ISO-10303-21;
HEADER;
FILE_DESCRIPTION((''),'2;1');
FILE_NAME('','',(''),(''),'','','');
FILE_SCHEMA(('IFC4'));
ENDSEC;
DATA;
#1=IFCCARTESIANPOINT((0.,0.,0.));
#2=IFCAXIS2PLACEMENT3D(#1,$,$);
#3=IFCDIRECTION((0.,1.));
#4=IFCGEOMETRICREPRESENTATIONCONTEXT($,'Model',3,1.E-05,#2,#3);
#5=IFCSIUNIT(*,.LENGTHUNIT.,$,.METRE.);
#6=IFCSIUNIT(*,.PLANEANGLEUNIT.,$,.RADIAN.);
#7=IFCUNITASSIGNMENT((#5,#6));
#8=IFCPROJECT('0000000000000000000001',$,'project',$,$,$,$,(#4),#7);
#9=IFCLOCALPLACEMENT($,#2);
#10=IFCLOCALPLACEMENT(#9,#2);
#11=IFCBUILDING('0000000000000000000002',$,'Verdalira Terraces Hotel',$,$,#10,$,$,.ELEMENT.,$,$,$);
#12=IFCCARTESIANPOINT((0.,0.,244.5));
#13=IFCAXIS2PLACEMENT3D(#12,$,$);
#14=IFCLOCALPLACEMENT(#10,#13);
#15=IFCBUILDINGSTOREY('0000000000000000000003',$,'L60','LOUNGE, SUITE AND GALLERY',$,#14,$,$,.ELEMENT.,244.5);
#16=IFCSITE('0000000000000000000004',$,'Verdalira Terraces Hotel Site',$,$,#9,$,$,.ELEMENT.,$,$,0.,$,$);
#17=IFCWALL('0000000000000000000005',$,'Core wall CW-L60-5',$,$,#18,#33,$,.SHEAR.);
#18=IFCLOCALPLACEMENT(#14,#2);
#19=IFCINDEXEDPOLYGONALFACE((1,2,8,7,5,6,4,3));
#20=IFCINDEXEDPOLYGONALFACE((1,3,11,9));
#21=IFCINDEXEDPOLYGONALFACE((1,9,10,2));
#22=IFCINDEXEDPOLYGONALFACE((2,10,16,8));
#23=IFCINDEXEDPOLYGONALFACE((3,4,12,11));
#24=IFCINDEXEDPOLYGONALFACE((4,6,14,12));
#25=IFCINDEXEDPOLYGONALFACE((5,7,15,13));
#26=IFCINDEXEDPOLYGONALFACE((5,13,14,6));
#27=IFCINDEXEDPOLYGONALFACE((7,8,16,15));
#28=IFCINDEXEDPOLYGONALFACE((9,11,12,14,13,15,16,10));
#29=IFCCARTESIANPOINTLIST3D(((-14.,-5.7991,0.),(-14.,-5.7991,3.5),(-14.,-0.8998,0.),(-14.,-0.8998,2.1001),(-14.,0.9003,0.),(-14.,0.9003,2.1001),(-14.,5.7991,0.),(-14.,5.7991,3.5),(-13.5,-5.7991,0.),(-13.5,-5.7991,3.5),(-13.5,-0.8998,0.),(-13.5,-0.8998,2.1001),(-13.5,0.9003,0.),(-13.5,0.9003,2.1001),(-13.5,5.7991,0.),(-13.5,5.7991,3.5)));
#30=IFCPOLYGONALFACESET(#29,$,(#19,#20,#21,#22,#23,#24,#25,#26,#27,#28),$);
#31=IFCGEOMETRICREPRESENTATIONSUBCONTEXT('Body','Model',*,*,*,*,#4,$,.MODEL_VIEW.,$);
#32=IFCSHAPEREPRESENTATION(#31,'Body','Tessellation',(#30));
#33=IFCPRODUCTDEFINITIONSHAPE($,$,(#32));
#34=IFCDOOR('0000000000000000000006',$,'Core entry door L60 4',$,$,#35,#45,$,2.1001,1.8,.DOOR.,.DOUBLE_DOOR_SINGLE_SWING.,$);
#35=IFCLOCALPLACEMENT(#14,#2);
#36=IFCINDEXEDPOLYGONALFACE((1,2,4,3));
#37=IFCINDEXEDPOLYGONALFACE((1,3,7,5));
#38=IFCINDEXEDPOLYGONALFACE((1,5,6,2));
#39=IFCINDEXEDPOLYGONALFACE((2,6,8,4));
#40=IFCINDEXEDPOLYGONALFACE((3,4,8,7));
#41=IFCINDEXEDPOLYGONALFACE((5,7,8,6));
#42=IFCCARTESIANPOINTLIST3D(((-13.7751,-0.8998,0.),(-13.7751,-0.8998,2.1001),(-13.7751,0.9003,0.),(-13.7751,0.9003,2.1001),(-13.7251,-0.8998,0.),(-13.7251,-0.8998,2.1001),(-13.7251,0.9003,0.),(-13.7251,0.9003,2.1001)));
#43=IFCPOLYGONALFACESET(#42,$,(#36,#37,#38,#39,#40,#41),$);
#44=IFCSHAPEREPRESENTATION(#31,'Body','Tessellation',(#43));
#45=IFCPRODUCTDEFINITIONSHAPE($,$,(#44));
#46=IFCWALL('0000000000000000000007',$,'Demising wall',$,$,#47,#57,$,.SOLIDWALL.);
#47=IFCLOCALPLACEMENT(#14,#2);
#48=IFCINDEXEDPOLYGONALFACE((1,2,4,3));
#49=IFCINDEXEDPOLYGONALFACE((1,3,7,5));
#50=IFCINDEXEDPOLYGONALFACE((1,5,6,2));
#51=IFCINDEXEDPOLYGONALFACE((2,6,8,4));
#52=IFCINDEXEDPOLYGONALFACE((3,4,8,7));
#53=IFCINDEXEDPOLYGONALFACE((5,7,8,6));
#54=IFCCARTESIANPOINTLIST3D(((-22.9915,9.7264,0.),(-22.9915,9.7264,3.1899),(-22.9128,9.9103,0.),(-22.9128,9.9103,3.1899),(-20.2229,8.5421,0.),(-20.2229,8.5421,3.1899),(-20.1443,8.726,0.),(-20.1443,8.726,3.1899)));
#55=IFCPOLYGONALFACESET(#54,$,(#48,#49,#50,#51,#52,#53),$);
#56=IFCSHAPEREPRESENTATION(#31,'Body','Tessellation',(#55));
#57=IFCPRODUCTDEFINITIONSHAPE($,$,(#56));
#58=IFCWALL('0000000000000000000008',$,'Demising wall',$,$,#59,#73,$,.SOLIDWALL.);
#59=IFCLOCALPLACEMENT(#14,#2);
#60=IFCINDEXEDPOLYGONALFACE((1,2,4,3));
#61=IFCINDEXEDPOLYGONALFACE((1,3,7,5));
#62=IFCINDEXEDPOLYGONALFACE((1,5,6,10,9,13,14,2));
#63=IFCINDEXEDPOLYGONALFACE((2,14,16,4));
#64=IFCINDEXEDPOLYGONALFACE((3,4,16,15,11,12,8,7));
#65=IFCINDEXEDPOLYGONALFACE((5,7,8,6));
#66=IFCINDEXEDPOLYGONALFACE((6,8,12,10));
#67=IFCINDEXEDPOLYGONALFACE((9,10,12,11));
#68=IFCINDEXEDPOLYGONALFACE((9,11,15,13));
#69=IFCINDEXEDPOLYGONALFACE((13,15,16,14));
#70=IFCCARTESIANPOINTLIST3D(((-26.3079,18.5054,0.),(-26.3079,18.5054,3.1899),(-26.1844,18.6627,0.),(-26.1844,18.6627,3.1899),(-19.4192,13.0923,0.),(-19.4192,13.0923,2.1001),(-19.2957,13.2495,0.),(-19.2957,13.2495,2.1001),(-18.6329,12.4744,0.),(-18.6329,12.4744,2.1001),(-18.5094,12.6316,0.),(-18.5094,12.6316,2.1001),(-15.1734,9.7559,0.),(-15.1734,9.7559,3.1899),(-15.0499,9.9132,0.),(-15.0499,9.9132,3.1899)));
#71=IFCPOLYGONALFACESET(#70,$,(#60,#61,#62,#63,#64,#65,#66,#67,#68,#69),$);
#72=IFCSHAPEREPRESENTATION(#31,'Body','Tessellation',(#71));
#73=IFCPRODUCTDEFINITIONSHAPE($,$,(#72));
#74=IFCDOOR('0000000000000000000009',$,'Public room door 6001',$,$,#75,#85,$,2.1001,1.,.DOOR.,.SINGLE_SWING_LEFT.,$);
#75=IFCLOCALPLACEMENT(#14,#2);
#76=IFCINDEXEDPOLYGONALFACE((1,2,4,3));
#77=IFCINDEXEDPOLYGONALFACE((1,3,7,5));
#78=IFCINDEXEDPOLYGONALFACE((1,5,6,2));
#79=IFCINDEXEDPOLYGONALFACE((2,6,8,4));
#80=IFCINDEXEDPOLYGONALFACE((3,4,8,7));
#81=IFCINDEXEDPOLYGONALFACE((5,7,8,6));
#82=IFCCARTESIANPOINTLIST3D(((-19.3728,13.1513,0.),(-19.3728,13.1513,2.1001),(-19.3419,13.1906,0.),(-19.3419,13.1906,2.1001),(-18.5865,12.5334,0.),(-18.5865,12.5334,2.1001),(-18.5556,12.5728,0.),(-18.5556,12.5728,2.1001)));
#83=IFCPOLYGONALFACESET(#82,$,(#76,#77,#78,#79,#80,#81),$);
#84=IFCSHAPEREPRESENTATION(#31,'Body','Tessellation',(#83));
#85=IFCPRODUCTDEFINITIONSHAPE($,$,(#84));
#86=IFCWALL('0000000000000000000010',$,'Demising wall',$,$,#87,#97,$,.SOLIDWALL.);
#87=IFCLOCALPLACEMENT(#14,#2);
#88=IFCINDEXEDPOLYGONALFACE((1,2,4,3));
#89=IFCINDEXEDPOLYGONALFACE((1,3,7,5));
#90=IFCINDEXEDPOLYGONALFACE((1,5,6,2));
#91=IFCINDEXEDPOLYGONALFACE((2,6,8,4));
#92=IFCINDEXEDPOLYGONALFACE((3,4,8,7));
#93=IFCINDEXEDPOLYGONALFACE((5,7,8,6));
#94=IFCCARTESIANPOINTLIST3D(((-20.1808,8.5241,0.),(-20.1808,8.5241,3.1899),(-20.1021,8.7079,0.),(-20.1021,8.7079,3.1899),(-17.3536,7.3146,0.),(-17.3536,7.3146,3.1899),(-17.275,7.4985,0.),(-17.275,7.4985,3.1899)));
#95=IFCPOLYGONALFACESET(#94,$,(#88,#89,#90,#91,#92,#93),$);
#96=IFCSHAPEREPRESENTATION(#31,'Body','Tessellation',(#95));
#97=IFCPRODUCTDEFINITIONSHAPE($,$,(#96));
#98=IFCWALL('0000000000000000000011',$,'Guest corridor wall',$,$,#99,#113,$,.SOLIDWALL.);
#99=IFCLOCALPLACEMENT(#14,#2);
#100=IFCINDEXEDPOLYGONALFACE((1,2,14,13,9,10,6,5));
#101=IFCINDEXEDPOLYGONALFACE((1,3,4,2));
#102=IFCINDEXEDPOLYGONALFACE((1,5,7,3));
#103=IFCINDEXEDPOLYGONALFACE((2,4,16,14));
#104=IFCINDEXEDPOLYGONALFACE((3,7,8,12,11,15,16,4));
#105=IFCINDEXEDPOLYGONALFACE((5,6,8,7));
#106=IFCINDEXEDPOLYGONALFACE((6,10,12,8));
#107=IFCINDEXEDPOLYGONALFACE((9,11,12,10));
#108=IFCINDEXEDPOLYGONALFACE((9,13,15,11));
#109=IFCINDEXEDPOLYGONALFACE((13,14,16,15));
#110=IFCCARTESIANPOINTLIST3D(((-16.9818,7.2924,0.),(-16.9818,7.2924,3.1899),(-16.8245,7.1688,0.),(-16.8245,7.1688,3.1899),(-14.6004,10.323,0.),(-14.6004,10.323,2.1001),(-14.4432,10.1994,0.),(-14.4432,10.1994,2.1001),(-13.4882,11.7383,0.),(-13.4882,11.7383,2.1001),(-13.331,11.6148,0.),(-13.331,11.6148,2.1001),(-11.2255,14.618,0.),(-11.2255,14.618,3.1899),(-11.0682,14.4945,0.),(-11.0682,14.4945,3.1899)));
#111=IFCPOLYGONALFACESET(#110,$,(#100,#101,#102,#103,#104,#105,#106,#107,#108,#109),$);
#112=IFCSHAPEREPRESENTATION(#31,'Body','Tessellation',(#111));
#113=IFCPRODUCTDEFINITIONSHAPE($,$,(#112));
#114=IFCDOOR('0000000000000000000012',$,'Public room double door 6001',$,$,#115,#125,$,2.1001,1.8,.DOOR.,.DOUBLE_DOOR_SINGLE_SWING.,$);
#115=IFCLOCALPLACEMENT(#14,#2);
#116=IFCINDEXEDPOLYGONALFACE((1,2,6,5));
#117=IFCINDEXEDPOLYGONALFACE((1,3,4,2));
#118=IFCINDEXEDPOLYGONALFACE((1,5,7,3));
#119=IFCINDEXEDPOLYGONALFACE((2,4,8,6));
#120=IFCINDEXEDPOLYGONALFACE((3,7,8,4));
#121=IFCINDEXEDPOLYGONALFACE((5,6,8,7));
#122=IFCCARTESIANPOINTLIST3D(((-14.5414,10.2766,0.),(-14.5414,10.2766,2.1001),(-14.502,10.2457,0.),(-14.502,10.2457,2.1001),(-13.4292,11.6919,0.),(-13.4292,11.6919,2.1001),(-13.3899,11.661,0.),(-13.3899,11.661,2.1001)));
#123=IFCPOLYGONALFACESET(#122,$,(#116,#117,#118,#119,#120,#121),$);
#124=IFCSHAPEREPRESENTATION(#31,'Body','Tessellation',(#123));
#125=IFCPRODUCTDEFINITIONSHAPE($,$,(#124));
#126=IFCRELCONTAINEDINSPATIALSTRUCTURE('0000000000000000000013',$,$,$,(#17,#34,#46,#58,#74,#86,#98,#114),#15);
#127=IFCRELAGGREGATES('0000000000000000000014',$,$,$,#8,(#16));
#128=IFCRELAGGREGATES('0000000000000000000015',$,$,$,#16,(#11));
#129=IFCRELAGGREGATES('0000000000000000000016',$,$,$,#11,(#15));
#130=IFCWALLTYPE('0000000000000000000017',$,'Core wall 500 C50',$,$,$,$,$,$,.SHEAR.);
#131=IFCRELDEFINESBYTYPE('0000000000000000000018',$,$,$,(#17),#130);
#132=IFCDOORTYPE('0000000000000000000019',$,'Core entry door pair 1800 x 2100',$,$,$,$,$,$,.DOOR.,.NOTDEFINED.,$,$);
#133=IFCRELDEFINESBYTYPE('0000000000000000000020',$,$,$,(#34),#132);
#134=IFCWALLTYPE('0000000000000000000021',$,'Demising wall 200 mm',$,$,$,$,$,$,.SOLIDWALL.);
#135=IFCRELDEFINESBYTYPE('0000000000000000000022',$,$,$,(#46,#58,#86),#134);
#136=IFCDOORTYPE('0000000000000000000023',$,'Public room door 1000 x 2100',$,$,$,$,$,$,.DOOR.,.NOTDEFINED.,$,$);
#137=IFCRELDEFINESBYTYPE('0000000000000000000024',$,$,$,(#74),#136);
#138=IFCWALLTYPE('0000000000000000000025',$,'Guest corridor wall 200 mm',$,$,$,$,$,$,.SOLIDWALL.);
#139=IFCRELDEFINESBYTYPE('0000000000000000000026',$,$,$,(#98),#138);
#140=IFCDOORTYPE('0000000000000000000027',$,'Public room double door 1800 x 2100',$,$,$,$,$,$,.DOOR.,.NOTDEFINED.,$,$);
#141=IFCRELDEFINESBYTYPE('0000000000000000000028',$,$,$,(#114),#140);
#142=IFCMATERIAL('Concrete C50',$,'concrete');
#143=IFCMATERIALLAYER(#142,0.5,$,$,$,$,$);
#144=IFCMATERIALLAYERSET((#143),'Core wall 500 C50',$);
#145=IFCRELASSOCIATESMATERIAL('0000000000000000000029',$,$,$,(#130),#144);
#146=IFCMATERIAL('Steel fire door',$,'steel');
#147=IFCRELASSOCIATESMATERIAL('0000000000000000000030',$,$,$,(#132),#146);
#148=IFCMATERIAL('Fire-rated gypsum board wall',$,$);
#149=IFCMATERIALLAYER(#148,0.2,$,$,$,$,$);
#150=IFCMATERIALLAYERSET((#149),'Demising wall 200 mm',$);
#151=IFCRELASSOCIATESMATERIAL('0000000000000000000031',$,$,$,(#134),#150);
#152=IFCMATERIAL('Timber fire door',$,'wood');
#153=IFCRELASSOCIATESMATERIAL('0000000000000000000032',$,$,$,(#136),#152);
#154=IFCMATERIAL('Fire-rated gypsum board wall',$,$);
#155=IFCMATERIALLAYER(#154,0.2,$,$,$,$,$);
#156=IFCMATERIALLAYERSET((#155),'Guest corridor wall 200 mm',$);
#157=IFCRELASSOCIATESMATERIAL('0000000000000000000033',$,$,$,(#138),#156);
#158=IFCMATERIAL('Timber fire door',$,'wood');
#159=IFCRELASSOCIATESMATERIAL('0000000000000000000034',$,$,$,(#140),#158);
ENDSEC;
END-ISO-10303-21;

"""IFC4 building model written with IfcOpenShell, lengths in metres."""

from ifc_helpers import new_model, si_unit, direction, frame, frame_2d, origin, place, context, subcontext, project, spatial, rectangle, extrude, material, layer, layer_set, type_object, element, fill, save


model = new_model("IFC4")

# Units and contexts
model_context = context("Model", 3, precision=1e-05, world=origin(), true_north=direction((0.0, 1.0)))
body_context = subcontext(model_context, "Body", "Model", "MODEL_VIEW")
ifc_project = project(units=[si_unit("LENGTHUNIT", "METRE"), si_unit("PLANEANGLEUNIT", "RADIAN")], contexts=[model_context])

# Site, building, storey
site_placement = place(None, origin())
site = spatial("IfcSite", under=ifc_project, at=site_placement, Name="Verdalira Terraces Hotel Site", CompositionType="ELEMENT", RefElevation=0.0)
building_placement = place(site_placement, origin())
building = spatial("IfcBuilding", under=site, at=building_placement, Name="Verdalira Terraces Hotel", CompositionType="ELEMENT")
storey_placement = place(building_placement, frame((0.0, 0.0, 244.5)))
storey = spatial("IfcBuildingStorey", under=building, at=storey_placement, Name="L60", Description="LOUNGE, SUITE AND GALLERY", CompositionType="ELEMENT", Elevation=244.5)

# Wall, opening, door
ifc_material_1 = material(Name="Concrete C50", Category="concrete")
ifc_layer_1 = layer(ifc_material_1, 0.5)
ifc_layer_set_1 = layer_set([ifc_layer_1], Name="Core wall 500 C50")
wall_type_1 = type_object("IfcWallType", Name="Core wall 500 C50", PredefinedType="SHEAR", material=ifc_layer_set_1)
wall_1_placement = place(storey_placement, frame((-13.75, 5.7991, 0.0), z_axis=(0.0, 0.0, 1.0), x_axis=(0.0, -1.0, 0.0)))
wall_1 = element("IfcWall", 1, at=wall_1_placement, inside=storey, type_object=wall_type_1, Name="Core wall CW-L60-5", PredefinedType="SHEAR", context=body_context, shape_type="SweptSolid", body=[
    extrude(rectangle(XDim=11.5981, YDim=0.5, at=frame_2d((5.7991, 0.0))), origin(), (0.0, 0.0, 1.0), 3.5),
])
opening_1_placement = place(wall_1_placement, frame((4.8989, 0.0, 0.0)))
opening_1 = element("IfcOpeningElement", 2, at=opening_1_placement, cuts=wall_1, PredefinedType="OPENING", context=body_context, shape_type="SweptSolid", body=[
    extrude(rectangle(XDim=1.8, YDim=2.1001, at=frame_2d((0.8999, 1.05))), frame((0.0, 0.26, 0.0), z_axis=(0.0, -1.0, 0.0), x_axis=(1.0, 0.0, 0.0)), (0.0, 0.0, 1.0), 0.52),
])
ifc_material_2 = material(Name="Steel fire door", Category="steel")
door_type_1 = type_object("IfcDoorType", Name="Core entry door pair 1800 x 2100", OperationType="NOTDEFINED", PredefinedType="DOOR", material=ifc_material_2)
door_1_placement = place(opening_1_placement, origin())
door_1 = element("IfcDoor", 3, at=door_1_placement, inside=storey, type_object=door_type_1, Name="Core entry door L60 4", OperationType="DOUBLE_DOOR_SINGLE_SWING", OverallHeight=2.1001, OverallWidth=1.8, PredefinedType="DOOR", context=body_context, shape_type="SweptSolid", body=[
    extrude(rectangle(XDim=1.8, YDim=2.1001, at=frame_2d((0.8999, 1.05))), frame((0.0, 0.0249, 0.0), z_axis=(0.0, -1.0, 0.0), x_axis=(1.0, 0.0, 0.0)), (0.0, 0.0, 1.0), 0.05),
])
fill(opening_1, door_1)

# Wall
ifc_material_3 = material(Name="Fire-rated gypsum board wall")
ifc_layer_2 = layer(ifc_material_3, 0.2)
ifc_layer_set_2 = layer_set([ifc_layer_2], Name="Demising wall 200 mm")
wall_type_2 = type_object("IfcWallType", Name="Demising wall 200 mm", PredefinedType="SOLIDWALL", material=ifc_layer_set_2)
wall_2_placement = place(storey_placement, frame((-20.1836, 8.634, 0.0), z_axis=(0.0, 0.0, 1.0), x_axis=(-0.919409, 0.393303, 0.0)))
element("IfcWall", 4, at=wall_2_placement, inside=storey, type_object=wall_type_2, Name="Demising wall", PredefinedType="SOLIDWALL", context=body_context, shape_type="SweptSolid", body=[
    extrude(rectangle(XDim=3.0112, YDim=0.2, at=frame_2d((1.5056, 0.0))), origin(), (0.0, 0.0, 1.0), 3.1899),
])

# Wall, opening, door
wall_3_placement = place(storey_placement, frame((-15.1116, 9.8345, 0.0), z_axis=(0.0, 0.0, 1.0), x_axis=(-0.786285, 0.617863, 0.0)))
wall_3 = element("IfcWall", 5, at=wall_3_placement, inside=storey, type_object=wall_type_2, Name="Demising wall", PredefinedType="SOLIDWALL", context=body_context, shape_type="SweptSolid", body=[
    extrude(rectangle(XDim=14.1609, YDim=0.2, at=frame_2d((7.0806, 0.0))), origin(), (0.0, 0.0, 1.0), 3.1899),
])
opening_2_placement = place(wall_3_placement, frame((4.3999, 0.0, 0.0)))
opening_2 = element("IfcOpeningElement", 6, at=opening_2_placement, cuts=wall_3, PredefinedType="OPENING", context=body_context, shape_type="SweptSolid", body=[
    extrude(rectangle(XDim=1.0, YDim=2.1001, at=frame_2d((0.5, 1.05))), frame((0.0, 0.1099, 0.0), z_axis=(0.0, -1.0, 0.0), x_axis=(1.0, 0.0, 0.0)), (0.0, 0.0, 1.0), 0.22),
])
ifc_material_4 = material(Name="Timber fire door", Category="wood")
door_type_2 = type_object("IfcDoorType", Name="Public room door 1000 x 2100", OperationType="NOTDEFINED", PredefinedType="DOOR", material=ifc_material_4)
door_2_placement = place(opening_2_placement, origin())
door_2 = element("IfcDoor", 7, at=door_2_placement, inside=storey, type_object=door_type_2, Name="Public room door 6001", OperationType="SINGLE_SWING_LEFT", OverallHeight=2.1001, OverallWidth=1.0, PredefinedType="DOOR", context=body_context, shape_type="SweptSolid", body=[
    extrude(rectangle(XDim=1.0, YDim=2.1001, at=frame_2d((0.5, 1.05))), frame((0.0, 0.0249, 0.0), z_axis=(0.0, -1.0, 0.0), x_axis=(1.0, 0.0, 0.0)), (0.0, 0.0, 1.0), 0.05),
])
fill(opening_2, door_2)

# Wall
wall_4_placement = place(storey_placement, frame((-17.3142, 7.4065, 0.0), z_axis=(0.0, 0.0, 1.0), x_axis=(-0.919399, 0.393325, 0.0)))
element("IfcWall", 8, at=wall_4_placement, inside=storey, type_object=wall_type_2, Name="Demising wall", PredefinedType="SOLIDWALL", context=body_context, shape_type="SweptSolid", body=[
    extrude(rectangle(XDim=3.075, YDim=0.2, at=frame_2d((1.5376, 0.0))), origin(), (0.0, 0.0, 1.0), 3.1899),
])

# Wall, opening, door
ifc_material_5 = material(Name="Fire-rated gypsum board wall")
ifc_layer_3 = layer(ifc_material_5, 0.2)
ifc_layer_set_3 = layer_set([ifc_layer_3], Name="Guest corridor wall 200 mm")
wall_type_3 = type_object("IfcWallType", Name="Guest corridor wall 200 mm", PredefinedType="SOLIDWALL", material=ifc_layer_set_3)
wall_5_placement = place(storey_placement, frame((-16.9031, 7.2307, 0.0), z_axis=(0.0, 0.0, 1.0), x_axis=(0.617852, 0.786295, 0.0)))
wall_5 = element("IfcWall", 9, at=wall_5_placement, inside=storey, type_object=wall_type_3, Name="Guest corridor wall", PredefinedType="SOLIDWALL", context=body_context, shape_type="SweptSolid", body=[
    extrude(rectangle(XDim=9.3166, YDim=0.2, at=frame_2d((4.6582, 0.0))), origin(), (0.0, 0.0, 1.0), 3.1899),
])
opening_3_placement = place(wall_5_placement, frame((3.8542, 0.0, 0.0)))
opening_3 = element("IfcOpeningElement", 10, at=opening_3_placement, cuts=wall_5, PredefinedType="OPENING", context=body_context, shape_type="SweptSolid", body=[
    extrude(rectangle(XDim=1.8, YDim=2.1001, at=frame_2d((0.8999, 1.05))), frame((0.0, 0.1099, 0.0), z_axis=(0.0, -1.0, 0.0), x_axis=(1.0, 0.0, 0.0)), (0.0, 0.0, 1.0), 0.22),
])
ifc_material_6 = material(Name="Timber fire door", Category="wood")
door_type_3 = type_object("IfcDoorType", Name="Public room double door 1800 x 2100", OperationType="NOTDEFINED", PredefinedType="DOOR", material=ifc_material_6)
door_3_placement = place(opening_3_placement, origin())
door_3 = element("IfcDoor", 11, at=door_3_placement, inside=storey, type_object=door_type_3, Name="Public room double door 6001", OperationType="DOUBLE_DOOR_SINGLE_SWING", OverallHeight=2.1001, OverallWidth=1.8, PredefinedType="DOOR", context=body_context, shape_type="SweptSolid", body=[
    extrude(rectangle(XDim=1.8, YDim=2.1001, at=frame_2d((0.8999, 1.05))), frame((0.0, 0.0249, 0.0), z_axis=(0.0, -1.0, 0.0), x_axis=(1.0, 0.0, 0.0)), (0.0, 0.0, 1.0), 0.05),
])
fill(opening_3, door_3)

save(model, "model.ifc")
